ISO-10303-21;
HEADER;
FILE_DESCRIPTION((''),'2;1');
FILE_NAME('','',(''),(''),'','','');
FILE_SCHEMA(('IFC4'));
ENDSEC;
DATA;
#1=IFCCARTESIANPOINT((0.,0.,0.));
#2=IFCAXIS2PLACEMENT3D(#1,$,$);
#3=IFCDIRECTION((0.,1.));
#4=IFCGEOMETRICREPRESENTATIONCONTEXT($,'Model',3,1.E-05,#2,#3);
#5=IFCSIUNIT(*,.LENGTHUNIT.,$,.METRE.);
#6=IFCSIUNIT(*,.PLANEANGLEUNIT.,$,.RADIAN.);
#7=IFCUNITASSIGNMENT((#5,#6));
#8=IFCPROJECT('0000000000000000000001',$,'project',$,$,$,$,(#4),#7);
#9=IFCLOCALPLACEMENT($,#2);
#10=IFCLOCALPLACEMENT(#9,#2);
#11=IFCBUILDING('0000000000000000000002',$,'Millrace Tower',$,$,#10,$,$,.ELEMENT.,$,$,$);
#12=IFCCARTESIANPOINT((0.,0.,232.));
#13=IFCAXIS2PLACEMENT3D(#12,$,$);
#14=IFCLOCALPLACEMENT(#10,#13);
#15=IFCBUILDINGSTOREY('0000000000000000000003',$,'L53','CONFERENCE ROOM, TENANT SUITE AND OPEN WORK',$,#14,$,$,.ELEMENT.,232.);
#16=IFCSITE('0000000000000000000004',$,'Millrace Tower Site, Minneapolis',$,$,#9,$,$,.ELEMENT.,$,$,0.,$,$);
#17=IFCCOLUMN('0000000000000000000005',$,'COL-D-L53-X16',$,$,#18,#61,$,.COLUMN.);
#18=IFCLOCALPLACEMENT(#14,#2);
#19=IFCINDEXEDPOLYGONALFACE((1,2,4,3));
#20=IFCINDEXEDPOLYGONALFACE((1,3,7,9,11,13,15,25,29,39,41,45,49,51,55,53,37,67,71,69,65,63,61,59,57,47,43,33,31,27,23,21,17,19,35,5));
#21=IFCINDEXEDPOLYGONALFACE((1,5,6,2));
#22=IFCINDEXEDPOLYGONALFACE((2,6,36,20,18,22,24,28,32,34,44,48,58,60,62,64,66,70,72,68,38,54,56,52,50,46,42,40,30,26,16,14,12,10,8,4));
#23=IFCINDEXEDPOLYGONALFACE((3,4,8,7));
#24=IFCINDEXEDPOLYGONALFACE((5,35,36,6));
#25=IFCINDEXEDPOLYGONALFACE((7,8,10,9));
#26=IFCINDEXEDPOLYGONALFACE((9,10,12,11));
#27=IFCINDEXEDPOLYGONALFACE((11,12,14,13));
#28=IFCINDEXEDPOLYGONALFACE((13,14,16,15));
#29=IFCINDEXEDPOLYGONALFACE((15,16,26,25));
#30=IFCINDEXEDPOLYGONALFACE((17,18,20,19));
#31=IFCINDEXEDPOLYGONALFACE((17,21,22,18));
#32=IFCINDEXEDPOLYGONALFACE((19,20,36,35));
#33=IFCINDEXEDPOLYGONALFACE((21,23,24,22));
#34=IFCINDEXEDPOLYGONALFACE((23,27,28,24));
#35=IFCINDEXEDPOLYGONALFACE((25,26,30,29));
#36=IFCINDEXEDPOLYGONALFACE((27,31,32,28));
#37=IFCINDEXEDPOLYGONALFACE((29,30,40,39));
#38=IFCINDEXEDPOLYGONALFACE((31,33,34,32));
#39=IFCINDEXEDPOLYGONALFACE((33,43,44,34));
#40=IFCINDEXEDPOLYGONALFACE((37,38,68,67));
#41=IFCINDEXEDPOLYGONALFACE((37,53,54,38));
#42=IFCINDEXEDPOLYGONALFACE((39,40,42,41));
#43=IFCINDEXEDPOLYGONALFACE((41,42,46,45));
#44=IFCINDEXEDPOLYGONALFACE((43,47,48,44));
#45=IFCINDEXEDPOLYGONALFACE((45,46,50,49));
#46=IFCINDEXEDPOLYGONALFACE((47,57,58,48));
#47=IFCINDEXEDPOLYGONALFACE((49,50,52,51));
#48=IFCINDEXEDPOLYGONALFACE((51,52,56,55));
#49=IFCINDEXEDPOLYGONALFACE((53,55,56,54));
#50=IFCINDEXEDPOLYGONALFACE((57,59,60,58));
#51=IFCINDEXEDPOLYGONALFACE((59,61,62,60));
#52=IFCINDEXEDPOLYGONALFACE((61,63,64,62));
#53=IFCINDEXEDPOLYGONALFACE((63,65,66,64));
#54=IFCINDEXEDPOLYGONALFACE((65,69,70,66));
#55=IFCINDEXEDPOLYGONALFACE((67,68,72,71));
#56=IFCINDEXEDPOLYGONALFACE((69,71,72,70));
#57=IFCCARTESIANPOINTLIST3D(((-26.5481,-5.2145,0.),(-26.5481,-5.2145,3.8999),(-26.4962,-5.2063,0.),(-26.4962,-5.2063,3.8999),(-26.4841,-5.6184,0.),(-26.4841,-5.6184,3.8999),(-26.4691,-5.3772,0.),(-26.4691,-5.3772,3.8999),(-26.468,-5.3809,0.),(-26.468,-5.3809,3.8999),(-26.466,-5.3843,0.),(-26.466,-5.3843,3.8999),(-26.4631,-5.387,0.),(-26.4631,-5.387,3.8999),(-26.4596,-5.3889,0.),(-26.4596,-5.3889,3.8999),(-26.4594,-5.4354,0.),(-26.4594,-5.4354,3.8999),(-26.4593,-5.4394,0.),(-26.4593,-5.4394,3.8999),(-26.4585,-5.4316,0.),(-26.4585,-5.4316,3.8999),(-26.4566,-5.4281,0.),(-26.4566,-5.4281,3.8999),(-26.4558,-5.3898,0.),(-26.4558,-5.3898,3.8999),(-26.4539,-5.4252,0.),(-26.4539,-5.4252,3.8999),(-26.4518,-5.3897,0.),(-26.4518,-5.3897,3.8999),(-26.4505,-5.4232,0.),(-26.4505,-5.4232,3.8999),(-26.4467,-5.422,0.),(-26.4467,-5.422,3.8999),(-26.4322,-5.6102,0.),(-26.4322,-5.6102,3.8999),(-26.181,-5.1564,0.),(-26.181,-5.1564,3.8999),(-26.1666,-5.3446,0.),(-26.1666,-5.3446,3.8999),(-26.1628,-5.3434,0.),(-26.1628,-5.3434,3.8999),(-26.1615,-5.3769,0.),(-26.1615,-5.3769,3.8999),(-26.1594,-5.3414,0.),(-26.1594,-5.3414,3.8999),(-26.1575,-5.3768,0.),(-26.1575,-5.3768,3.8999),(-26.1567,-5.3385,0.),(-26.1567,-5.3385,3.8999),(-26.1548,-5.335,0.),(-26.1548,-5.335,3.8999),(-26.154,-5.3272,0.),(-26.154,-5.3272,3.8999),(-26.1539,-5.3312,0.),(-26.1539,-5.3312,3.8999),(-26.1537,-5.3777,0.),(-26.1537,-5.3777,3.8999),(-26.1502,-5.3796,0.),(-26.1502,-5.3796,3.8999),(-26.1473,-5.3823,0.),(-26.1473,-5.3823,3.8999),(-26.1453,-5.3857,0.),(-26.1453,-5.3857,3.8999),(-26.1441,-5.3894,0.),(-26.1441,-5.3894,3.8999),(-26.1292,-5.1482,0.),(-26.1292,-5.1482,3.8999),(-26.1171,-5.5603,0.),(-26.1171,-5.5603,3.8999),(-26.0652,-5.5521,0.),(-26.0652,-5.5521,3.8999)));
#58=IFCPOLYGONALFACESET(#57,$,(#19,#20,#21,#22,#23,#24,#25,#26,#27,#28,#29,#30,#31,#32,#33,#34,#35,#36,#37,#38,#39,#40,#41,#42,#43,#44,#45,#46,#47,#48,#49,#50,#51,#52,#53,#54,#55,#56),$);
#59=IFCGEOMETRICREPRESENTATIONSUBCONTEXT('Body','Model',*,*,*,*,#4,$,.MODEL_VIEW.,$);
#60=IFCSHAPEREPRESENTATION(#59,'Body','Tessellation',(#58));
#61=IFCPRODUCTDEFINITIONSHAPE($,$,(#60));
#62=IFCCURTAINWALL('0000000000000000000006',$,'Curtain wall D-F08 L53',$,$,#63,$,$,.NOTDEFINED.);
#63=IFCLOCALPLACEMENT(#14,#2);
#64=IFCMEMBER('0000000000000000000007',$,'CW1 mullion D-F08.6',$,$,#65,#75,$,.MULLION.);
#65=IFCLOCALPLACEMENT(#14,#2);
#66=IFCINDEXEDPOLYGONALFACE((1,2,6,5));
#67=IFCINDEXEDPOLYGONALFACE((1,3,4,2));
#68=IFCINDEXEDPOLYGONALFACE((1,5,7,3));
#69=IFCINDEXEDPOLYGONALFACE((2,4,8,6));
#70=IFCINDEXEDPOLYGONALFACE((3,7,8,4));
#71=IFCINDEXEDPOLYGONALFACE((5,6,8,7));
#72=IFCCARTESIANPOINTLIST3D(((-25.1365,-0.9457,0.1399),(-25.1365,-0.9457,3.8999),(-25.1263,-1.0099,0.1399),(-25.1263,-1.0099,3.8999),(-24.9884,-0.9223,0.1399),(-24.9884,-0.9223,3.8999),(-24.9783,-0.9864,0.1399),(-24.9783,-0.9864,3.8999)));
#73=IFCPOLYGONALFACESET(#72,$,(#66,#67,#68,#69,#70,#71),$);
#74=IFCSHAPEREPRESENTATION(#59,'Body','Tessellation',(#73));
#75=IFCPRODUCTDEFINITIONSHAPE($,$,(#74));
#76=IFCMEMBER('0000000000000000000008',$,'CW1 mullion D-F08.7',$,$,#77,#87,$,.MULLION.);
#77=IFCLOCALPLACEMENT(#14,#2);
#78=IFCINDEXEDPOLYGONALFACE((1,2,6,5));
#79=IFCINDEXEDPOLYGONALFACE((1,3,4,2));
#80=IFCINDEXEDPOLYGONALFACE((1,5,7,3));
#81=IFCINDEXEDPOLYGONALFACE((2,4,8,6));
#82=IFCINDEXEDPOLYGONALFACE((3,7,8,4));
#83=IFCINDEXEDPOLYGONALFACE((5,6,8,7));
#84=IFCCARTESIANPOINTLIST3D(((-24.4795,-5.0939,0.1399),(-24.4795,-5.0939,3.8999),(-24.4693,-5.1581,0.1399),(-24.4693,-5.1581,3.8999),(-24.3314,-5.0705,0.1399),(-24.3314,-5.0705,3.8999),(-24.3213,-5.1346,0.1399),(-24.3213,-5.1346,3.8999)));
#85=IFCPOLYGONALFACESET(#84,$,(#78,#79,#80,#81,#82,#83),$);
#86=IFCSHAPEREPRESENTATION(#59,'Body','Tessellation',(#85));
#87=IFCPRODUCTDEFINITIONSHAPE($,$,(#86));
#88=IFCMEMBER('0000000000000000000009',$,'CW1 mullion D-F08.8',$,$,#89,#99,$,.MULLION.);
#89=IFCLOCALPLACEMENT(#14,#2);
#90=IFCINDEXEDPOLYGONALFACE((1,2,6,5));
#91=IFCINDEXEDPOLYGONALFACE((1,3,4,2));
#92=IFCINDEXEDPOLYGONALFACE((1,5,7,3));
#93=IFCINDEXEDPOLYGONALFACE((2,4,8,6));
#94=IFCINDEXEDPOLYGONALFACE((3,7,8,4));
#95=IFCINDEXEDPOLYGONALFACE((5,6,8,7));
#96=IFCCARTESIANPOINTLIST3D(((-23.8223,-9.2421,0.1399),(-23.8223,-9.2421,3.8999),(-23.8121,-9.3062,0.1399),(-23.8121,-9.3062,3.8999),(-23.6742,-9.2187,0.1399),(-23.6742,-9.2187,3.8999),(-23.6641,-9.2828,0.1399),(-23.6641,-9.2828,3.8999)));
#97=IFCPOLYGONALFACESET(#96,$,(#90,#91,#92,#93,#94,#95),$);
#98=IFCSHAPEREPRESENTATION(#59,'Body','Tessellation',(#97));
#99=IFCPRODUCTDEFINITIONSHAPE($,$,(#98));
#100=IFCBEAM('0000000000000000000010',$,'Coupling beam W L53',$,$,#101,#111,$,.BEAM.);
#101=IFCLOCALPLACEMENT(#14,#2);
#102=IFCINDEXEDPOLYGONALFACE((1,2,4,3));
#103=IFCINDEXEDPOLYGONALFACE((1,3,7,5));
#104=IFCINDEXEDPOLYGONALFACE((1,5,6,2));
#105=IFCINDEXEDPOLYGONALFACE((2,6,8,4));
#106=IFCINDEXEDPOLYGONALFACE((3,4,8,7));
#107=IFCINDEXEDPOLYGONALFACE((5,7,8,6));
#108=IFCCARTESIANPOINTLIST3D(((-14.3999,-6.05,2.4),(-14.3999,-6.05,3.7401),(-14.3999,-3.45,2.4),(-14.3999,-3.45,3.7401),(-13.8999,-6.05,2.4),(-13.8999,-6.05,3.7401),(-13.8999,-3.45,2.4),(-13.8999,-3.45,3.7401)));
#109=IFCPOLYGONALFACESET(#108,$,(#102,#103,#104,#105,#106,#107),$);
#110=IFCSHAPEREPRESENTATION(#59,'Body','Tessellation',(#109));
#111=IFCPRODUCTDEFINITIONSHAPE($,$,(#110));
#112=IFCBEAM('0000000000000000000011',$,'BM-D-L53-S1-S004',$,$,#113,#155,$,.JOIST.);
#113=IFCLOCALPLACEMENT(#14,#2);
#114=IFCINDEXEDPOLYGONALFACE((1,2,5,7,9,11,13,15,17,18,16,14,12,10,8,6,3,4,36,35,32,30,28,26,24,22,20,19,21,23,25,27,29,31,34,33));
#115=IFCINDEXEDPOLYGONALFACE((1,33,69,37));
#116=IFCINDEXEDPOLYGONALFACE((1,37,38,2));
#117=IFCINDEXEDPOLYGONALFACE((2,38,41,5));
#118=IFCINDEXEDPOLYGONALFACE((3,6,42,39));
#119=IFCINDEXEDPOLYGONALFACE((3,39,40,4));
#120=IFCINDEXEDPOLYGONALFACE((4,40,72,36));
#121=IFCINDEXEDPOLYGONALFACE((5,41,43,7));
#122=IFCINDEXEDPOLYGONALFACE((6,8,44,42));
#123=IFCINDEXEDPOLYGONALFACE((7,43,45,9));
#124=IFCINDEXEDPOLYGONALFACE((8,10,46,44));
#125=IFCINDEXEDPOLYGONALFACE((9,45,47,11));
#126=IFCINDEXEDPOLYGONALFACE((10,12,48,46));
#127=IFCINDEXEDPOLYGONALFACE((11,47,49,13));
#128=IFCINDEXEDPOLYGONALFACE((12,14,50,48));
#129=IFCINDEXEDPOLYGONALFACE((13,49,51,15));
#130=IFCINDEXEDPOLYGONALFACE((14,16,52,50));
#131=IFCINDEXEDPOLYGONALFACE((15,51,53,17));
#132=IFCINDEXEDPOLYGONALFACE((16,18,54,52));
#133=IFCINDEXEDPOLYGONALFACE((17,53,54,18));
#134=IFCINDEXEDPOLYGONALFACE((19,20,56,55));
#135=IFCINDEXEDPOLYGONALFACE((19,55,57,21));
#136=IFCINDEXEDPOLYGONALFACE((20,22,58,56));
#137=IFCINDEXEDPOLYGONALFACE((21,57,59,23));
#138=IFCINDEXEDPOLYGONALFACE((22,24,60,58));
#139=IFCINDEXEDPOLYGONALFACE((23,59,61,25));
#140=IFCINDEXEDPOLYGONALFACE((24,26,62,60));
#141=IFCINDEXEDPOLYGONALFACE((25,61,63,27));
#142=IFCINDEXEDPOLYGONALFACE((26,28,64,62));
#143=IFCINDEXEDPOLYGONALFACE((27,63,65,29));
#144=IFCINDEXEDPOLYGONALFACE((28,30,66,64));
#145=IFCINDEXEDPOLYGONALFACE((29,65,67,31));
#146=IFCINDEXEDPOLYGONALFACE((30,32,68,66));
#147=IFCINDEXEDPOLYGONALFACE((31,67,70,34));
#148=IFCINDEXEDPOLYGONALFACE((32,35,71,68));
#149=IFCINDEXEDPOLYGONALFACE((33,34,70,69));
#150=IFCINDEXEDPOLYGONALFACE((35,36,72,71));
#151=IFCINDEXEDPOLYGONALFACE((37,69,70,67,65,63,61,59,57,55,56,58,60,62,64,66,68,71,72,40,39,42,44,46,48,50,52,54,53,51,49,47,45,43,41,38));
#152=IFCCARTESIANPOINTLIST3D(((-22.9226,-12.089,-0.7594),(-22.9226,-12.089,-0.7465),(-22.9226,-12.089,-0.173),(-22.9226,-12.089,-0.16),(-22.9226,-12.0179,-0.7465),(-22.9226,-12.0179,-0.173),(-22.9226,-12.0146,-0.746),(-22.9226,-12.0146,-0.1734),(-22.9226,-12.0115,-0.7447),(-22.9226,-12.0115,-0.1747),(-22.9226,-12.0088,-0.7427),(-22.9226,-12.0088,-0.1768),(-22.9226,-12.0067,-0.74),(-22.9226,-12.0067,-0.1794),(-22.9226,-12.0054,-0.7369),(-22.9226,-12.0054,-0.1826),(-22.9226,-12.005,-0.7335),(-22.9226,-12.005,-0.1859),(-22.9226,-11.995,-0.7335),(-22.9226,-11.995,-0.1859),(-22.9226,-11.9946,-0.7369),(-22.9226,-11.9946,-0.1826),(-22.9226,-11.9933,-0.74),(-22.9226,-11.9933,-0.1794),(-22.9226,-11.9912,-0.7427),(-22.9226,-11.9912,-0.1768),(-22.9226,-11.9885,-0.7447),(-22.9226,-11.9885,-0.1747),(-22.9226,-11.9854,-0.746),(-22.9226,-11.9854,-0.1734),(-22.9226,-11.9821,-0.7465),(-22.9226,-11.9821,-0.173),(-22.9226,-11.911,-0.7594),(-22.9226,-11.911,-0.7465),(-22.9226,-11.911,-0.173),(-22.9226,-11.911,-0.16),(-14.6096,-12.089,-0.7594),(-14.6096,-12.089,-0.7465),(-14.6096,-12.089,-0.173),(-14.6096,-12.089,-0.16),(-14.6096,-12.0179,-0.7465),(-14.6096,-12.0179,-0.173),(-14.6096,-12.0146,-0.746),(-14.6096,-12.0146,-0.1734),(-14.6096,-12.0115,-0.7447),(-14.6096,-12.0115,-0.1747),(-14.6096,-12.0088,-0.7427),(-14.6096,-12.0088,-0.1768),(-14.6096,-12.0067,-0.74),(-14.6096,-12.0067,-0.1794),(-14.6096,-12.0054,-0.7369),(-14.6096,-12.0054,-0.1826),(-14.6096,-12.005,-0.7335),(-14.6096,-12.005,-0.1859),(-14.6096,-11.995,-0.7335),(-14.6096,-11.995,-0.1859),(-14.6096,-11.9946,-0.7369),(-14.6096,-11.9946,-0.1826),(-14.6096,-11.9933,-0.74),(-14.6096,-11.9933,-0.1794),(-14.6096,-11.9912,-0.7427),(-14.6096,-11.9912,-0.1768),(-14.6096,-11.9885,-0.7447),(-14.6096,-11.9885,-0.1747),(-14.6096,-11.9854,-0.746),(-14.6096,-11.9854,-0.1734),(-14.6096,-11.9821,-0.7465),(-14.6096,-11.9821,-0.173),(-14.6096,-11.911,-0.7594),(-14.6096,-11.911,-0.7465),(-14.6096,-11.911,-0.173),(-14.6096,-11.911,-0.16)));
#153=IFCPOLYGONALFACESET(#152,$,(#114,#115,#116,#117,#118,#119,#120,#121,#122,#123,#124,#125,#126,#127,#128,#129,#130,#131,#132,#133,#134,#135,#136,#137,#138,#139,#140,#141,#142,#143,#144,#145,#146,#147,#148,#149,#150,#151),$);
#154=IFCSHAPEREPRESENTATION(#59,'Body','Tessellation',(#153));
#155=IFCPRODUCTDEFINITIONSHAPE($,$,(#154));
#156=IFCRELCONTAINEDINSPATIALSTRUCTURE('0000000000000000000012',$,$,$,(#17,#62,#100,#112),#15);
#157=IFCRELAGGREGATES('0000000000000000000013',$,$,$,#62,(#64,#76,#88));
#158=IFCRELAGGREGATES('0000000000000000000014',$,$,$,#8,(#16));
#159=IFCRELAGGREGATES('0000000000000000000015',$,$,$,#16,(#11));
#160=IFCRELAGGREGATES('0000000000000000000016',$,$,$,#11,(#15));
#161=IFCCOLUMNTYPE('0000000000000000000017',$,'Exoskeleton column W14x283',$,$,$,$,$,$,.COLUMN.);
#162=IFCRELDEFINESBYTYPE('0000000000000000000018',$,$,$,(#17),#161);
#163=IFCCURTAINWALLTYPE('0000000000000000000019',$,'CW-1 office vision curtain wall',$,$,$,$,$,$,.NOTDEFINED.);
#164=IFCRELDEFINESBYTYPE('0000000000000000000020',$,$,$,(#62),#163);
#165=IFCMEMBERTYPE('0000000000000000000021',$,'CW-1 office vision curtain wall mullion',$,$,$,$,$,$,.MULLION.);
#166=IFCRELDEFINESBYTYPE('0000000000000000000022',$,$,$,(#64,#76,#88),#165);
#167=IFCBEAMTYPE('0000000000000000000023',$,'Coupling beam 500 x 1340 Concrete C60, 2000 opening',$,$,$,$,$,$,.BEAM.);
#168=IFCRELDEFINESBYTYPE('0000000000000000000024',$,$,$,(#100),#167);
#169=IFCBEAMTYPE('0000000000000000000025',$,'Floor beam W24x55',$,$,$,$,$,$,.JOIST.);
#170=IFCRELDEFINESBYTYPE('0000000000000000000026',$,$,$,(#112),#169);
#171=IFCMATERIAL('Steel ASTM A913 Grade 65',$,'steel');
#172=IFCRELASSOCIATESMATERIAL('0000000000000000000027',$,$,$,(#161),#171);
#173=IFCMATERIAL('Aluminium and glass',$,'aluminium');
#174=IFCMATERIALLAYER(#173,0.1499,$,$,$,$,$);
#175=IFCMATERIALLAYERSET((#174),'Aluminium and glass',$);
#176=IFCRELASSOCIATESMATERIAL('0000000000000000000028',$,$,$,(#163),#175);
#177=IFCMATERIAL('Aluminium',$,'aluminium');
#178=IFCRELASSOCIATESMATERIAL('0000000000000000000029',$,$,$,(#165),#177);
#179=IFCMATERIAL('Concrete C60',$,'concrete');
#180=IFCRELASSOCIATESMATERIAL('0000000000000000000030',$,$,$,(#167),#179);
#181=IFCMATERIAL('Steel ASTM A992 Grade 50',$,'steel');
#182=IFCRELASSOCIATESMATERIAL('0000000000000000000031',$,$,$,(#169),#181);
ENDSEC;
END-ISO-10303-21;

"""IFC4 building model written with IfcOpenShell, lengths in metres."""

from ifc_helpers import new_model, si_unit, direction, frame, origin, origin_2d, place, context, subcontext, project, spatial, rectangle, i_section, extrude, material, layer, layer_set, material_profile, profile_set, type_object, element, aggregate, save


model = new_model("IFC4")

# Units and contexts
model_context = context("Model", 3, precision=1e-05, world=origin(), true_north=direction((0.0, 1.0)))
body_context = subcontext(model_context, "Body", "Model", "MODEL_VIEW")
ifc_project = project(units=[si_unit("LENGTHUNIT", "METRE"), si_unit("PLANEANGLEUNIT", "RADIAN")], contexts=[model_context])

# Site, building, storey
site_placement = place(None, origin())
site = spatial("IfcSite", under=ifc_project, at=site_placement, Name="Millrace Tower Site, Minneapolis", CompositionType="ELEMENT", RefElevation=0.0)
building_placement = place(site_placement, origin())
building = spatial("IfcBuilding", under=site, at=building_placement, Name="Millrace Tower", CompositionType="ELEMENT")
storey_placement = place(building_placement, frame((0.0, 0.0, 232.0)))
storey = spatial("IfcBuildingStorey", under=building, at=storey_placement, Name="L53", Description="CONFERENCE ROOM, TENANT SUITE AND OPEN WORK", CompositionType="ELEMENT", Elevation=232.0)

# Column
ifc_material_1 = material(Name="Steel ASTM A913 Grade 65", Category="steel")
ifc_material_profile_1 = material_profile(ifc_material_1, i_section(OverallWidth=0.4089, OverallDepth=0.4241, WebThickness=0.0327, FlangeThickness=0.0525, FilletRadius=0.0151, at=origin_2d()))
ifc_profile_set_1 = profile_set([ifc_material_profile_1], Name="Steel ASTM A913 Grade 65")
column_type = type_object("IfcColumnType", Name="Exoskeleton column W14x283", PredefinedType="COLUMN", material=ifc_profile_set_1)
column_placement = place(storey_placement, frame((-26.3066, -5.3833, 0.0), z_axis=(0.0, 0.0, 1.0), x_axis=(0.156434, -0.987688, 0.0)))
element("IfcColumn", 1, at=column_placement, inside=storey, type_object=column_type, Name="COL-D-L53-X16", PredefinedType="COLUMN", context=body_context, shape_type="SweptSolid", body=[
    extrude(i_section(OverallWidth=0.4089, OverallDepth=0.4241, WebThickness=0.0327, FlangeThickness=0.0525, FilletRadius=0.0151, at=origin_2d()), origin(), (0.0, 0.0, 1.0), 3.8999),
])

# Curtain wall, members
ifc_material_2 = material(Name="Aluminium and glass", Category="aluminium")
ifc_layer_1 = layer(ifc_material_2, 0.1499)
ifc_layer_set_1 = layer_set([ifc_layer_1], Name="Aluminium and glass")
curtain_wall_type = type_object("IfcCurtainWallType", Name="CW-1 office vision curtain wall", PredefinedType="NOTDEFINED", material=ifc_layer_set_1)
curtain_wall_placement = place(storey_placement, origin())
curtain_wall = element("IfcCurtainWall", 2, at=curtain_wall_placement, inside=storey, type_object=curtain_wall_type, Name="Curtain wall D-F08 L53", PredefinedType="NOTDEFINED")
ifc_material_3 = material(Name="Aluminium", Category="aluminium")
ifc_material_profile_2 = material_profile(ifc_material_3, rectangle(XDim=0.0649, YDim=0.1499, at=origin_2d()))
ifc_profile_set_2 = profile_set([ifc_material_profile_2], Name="Aluminium")
member_type = type_object("IfcMemberType", Name="CW-1 office vision curtain wall mullion", PredefinedType="MULLION", material=ifc_profile_set_2)
member_1_placement = place(storey_placement, frame((-25.0574, -0.9661, 0.1399), z_axis=(0.0, 0.0, 1.0), x_axis=(0.156434, -0.987688, 0.0)))
member_1 = element("IfcMember", 3, at=member_1_placement, type_object=member_type, Name="CW1 mullion D-F08.6", PredefinedType="MULLION", context=body_context, shape_type="SweptSolid", body=[
    extrude(rectangle(XDim=0.0649, YDim=0.1499, at=origin_2d()), origin(), (0.0, 0.0, 1.0), 3.76),
])
member_2_placement = place(storey_placement, frame((-24.4004, -5.1143, 0.1399), z_axis=(0.0, 0.0, 1.0), x_axis=(0.156434, -0.987688, 0.0)))
member_2 = element("IfcMember", 4, at=member_2_placement, type_object=member_type, Name="CW1 mullion D-F08.7", PredefinedType="MULLION", context=body_context, shape_type="SweptSolid", body=[
    extrude(rectangle(XDim=0.0649, YDim=0.1499, at=origin_2d()), origin(), (0.0, 0.0, 1.0), 3.76),
])
member_3_placement = place(storey_placement, frame((-23.7432, -9.2625, 0.1399), z_axis=(0.0, 0.0, 1.0), x_axis=(0.156434, -0.987688, 0.0)))
member_3 = element("IfcMember", 5, at=member_3_placement, type_object=member_type, Name="CW1 mullion D-F08.8", PredefinedType="MULLION", context=body_context, shape_type="SweptSolid", body=[
    extrude(rectangle(XDim=0.0649, YDim=0.1499, at=origin_2d()), origin(), (0.0, 0.0, 1.0), 3.76),
])
aggregate(curtain_wall, [member_1, member_2, member_3])

# Beams
ifc_material_4 = material(Name="Concrete C60", Category="concrete")
ifc_material_profile_3 = material_profile(ifc_material_4, rectangle(XDim=0.5, YDim=1.3401, at=origin_2d()))
ifc_profile_set_3 = profile_set([ifc_material_profile_3], Name="Concrete C60")
beam_type_1 = type_object("IfcBeamType", Name="Coupling beam 500 x 1340 Concrete C60, 2000 opening", PredefinedType="BEAM", material=ifc_profile_set_3)
beam_1_placement = place(storey_placement, frame((-14.1499, -6.05, 3.0701), z_axis=(0.0, 1.0, 0.0), x_axis=(-1.0, 0.0, 0.0)))
element("IfcBeam", 6, at=beam_1_placement, inside=storey, type_object=beam_type_1, Name="Coupling beam W L53", PredefinedType="BEAM", context=body_context, shape_type="SweptSolid", body=[
    extrude(rectangle(XDim=0.5, YDim=1.3401, at=origin_2d()), origin(), (0.0, 0.0, 1.0), 2.6001),
])
ifc_material_5 = material(Name="Steel ASTM A992 Grade 50", Category="steel")
ifc_material_profile_4 = material_profile(ifc_material_5, i_section(OverallWidth=0.178, OverallDepth=0.5994, WebThickness=0.01, FlangeThickness=0.0129, FilletRadius=0.0129, at=origin_2d()))
ifc_profile_set_4 = profile_set([ifc_material_profile_4], Name="Steel ASTM A992 Grade 50")
beam_type_2 = type_object("IfcBeamType", Name="Floor beam W24x55", PredefinedType="JOIST", material=ifc_profile_set_4)
beam_2_placement = place(storey_placement, frame((-22.9226, -12.0, -0.4597), z_axis=(1.0, 0.0, 0.0), x_axis=(0.0, 1.0, 0.0)))
element("IfcBeam", 7, at=beam_2_placement, inside=storey, type_object=beam_type_2, Name="BM-D-L53-S1-S004", PredefinedType="JOIST", context=body_context, shape_type="SweptSolid", body=[
    extrude(i_section(OverallWidth=0.178, OverallDepth=0.5994, WebThickness=0.01, FlangeThickness=0.0129, FilletRadius=0.0129, at=origin_2d()), origin(), (0.0, 0.0, 1.0), 8.313),
])

save(model, "model.ifc")
